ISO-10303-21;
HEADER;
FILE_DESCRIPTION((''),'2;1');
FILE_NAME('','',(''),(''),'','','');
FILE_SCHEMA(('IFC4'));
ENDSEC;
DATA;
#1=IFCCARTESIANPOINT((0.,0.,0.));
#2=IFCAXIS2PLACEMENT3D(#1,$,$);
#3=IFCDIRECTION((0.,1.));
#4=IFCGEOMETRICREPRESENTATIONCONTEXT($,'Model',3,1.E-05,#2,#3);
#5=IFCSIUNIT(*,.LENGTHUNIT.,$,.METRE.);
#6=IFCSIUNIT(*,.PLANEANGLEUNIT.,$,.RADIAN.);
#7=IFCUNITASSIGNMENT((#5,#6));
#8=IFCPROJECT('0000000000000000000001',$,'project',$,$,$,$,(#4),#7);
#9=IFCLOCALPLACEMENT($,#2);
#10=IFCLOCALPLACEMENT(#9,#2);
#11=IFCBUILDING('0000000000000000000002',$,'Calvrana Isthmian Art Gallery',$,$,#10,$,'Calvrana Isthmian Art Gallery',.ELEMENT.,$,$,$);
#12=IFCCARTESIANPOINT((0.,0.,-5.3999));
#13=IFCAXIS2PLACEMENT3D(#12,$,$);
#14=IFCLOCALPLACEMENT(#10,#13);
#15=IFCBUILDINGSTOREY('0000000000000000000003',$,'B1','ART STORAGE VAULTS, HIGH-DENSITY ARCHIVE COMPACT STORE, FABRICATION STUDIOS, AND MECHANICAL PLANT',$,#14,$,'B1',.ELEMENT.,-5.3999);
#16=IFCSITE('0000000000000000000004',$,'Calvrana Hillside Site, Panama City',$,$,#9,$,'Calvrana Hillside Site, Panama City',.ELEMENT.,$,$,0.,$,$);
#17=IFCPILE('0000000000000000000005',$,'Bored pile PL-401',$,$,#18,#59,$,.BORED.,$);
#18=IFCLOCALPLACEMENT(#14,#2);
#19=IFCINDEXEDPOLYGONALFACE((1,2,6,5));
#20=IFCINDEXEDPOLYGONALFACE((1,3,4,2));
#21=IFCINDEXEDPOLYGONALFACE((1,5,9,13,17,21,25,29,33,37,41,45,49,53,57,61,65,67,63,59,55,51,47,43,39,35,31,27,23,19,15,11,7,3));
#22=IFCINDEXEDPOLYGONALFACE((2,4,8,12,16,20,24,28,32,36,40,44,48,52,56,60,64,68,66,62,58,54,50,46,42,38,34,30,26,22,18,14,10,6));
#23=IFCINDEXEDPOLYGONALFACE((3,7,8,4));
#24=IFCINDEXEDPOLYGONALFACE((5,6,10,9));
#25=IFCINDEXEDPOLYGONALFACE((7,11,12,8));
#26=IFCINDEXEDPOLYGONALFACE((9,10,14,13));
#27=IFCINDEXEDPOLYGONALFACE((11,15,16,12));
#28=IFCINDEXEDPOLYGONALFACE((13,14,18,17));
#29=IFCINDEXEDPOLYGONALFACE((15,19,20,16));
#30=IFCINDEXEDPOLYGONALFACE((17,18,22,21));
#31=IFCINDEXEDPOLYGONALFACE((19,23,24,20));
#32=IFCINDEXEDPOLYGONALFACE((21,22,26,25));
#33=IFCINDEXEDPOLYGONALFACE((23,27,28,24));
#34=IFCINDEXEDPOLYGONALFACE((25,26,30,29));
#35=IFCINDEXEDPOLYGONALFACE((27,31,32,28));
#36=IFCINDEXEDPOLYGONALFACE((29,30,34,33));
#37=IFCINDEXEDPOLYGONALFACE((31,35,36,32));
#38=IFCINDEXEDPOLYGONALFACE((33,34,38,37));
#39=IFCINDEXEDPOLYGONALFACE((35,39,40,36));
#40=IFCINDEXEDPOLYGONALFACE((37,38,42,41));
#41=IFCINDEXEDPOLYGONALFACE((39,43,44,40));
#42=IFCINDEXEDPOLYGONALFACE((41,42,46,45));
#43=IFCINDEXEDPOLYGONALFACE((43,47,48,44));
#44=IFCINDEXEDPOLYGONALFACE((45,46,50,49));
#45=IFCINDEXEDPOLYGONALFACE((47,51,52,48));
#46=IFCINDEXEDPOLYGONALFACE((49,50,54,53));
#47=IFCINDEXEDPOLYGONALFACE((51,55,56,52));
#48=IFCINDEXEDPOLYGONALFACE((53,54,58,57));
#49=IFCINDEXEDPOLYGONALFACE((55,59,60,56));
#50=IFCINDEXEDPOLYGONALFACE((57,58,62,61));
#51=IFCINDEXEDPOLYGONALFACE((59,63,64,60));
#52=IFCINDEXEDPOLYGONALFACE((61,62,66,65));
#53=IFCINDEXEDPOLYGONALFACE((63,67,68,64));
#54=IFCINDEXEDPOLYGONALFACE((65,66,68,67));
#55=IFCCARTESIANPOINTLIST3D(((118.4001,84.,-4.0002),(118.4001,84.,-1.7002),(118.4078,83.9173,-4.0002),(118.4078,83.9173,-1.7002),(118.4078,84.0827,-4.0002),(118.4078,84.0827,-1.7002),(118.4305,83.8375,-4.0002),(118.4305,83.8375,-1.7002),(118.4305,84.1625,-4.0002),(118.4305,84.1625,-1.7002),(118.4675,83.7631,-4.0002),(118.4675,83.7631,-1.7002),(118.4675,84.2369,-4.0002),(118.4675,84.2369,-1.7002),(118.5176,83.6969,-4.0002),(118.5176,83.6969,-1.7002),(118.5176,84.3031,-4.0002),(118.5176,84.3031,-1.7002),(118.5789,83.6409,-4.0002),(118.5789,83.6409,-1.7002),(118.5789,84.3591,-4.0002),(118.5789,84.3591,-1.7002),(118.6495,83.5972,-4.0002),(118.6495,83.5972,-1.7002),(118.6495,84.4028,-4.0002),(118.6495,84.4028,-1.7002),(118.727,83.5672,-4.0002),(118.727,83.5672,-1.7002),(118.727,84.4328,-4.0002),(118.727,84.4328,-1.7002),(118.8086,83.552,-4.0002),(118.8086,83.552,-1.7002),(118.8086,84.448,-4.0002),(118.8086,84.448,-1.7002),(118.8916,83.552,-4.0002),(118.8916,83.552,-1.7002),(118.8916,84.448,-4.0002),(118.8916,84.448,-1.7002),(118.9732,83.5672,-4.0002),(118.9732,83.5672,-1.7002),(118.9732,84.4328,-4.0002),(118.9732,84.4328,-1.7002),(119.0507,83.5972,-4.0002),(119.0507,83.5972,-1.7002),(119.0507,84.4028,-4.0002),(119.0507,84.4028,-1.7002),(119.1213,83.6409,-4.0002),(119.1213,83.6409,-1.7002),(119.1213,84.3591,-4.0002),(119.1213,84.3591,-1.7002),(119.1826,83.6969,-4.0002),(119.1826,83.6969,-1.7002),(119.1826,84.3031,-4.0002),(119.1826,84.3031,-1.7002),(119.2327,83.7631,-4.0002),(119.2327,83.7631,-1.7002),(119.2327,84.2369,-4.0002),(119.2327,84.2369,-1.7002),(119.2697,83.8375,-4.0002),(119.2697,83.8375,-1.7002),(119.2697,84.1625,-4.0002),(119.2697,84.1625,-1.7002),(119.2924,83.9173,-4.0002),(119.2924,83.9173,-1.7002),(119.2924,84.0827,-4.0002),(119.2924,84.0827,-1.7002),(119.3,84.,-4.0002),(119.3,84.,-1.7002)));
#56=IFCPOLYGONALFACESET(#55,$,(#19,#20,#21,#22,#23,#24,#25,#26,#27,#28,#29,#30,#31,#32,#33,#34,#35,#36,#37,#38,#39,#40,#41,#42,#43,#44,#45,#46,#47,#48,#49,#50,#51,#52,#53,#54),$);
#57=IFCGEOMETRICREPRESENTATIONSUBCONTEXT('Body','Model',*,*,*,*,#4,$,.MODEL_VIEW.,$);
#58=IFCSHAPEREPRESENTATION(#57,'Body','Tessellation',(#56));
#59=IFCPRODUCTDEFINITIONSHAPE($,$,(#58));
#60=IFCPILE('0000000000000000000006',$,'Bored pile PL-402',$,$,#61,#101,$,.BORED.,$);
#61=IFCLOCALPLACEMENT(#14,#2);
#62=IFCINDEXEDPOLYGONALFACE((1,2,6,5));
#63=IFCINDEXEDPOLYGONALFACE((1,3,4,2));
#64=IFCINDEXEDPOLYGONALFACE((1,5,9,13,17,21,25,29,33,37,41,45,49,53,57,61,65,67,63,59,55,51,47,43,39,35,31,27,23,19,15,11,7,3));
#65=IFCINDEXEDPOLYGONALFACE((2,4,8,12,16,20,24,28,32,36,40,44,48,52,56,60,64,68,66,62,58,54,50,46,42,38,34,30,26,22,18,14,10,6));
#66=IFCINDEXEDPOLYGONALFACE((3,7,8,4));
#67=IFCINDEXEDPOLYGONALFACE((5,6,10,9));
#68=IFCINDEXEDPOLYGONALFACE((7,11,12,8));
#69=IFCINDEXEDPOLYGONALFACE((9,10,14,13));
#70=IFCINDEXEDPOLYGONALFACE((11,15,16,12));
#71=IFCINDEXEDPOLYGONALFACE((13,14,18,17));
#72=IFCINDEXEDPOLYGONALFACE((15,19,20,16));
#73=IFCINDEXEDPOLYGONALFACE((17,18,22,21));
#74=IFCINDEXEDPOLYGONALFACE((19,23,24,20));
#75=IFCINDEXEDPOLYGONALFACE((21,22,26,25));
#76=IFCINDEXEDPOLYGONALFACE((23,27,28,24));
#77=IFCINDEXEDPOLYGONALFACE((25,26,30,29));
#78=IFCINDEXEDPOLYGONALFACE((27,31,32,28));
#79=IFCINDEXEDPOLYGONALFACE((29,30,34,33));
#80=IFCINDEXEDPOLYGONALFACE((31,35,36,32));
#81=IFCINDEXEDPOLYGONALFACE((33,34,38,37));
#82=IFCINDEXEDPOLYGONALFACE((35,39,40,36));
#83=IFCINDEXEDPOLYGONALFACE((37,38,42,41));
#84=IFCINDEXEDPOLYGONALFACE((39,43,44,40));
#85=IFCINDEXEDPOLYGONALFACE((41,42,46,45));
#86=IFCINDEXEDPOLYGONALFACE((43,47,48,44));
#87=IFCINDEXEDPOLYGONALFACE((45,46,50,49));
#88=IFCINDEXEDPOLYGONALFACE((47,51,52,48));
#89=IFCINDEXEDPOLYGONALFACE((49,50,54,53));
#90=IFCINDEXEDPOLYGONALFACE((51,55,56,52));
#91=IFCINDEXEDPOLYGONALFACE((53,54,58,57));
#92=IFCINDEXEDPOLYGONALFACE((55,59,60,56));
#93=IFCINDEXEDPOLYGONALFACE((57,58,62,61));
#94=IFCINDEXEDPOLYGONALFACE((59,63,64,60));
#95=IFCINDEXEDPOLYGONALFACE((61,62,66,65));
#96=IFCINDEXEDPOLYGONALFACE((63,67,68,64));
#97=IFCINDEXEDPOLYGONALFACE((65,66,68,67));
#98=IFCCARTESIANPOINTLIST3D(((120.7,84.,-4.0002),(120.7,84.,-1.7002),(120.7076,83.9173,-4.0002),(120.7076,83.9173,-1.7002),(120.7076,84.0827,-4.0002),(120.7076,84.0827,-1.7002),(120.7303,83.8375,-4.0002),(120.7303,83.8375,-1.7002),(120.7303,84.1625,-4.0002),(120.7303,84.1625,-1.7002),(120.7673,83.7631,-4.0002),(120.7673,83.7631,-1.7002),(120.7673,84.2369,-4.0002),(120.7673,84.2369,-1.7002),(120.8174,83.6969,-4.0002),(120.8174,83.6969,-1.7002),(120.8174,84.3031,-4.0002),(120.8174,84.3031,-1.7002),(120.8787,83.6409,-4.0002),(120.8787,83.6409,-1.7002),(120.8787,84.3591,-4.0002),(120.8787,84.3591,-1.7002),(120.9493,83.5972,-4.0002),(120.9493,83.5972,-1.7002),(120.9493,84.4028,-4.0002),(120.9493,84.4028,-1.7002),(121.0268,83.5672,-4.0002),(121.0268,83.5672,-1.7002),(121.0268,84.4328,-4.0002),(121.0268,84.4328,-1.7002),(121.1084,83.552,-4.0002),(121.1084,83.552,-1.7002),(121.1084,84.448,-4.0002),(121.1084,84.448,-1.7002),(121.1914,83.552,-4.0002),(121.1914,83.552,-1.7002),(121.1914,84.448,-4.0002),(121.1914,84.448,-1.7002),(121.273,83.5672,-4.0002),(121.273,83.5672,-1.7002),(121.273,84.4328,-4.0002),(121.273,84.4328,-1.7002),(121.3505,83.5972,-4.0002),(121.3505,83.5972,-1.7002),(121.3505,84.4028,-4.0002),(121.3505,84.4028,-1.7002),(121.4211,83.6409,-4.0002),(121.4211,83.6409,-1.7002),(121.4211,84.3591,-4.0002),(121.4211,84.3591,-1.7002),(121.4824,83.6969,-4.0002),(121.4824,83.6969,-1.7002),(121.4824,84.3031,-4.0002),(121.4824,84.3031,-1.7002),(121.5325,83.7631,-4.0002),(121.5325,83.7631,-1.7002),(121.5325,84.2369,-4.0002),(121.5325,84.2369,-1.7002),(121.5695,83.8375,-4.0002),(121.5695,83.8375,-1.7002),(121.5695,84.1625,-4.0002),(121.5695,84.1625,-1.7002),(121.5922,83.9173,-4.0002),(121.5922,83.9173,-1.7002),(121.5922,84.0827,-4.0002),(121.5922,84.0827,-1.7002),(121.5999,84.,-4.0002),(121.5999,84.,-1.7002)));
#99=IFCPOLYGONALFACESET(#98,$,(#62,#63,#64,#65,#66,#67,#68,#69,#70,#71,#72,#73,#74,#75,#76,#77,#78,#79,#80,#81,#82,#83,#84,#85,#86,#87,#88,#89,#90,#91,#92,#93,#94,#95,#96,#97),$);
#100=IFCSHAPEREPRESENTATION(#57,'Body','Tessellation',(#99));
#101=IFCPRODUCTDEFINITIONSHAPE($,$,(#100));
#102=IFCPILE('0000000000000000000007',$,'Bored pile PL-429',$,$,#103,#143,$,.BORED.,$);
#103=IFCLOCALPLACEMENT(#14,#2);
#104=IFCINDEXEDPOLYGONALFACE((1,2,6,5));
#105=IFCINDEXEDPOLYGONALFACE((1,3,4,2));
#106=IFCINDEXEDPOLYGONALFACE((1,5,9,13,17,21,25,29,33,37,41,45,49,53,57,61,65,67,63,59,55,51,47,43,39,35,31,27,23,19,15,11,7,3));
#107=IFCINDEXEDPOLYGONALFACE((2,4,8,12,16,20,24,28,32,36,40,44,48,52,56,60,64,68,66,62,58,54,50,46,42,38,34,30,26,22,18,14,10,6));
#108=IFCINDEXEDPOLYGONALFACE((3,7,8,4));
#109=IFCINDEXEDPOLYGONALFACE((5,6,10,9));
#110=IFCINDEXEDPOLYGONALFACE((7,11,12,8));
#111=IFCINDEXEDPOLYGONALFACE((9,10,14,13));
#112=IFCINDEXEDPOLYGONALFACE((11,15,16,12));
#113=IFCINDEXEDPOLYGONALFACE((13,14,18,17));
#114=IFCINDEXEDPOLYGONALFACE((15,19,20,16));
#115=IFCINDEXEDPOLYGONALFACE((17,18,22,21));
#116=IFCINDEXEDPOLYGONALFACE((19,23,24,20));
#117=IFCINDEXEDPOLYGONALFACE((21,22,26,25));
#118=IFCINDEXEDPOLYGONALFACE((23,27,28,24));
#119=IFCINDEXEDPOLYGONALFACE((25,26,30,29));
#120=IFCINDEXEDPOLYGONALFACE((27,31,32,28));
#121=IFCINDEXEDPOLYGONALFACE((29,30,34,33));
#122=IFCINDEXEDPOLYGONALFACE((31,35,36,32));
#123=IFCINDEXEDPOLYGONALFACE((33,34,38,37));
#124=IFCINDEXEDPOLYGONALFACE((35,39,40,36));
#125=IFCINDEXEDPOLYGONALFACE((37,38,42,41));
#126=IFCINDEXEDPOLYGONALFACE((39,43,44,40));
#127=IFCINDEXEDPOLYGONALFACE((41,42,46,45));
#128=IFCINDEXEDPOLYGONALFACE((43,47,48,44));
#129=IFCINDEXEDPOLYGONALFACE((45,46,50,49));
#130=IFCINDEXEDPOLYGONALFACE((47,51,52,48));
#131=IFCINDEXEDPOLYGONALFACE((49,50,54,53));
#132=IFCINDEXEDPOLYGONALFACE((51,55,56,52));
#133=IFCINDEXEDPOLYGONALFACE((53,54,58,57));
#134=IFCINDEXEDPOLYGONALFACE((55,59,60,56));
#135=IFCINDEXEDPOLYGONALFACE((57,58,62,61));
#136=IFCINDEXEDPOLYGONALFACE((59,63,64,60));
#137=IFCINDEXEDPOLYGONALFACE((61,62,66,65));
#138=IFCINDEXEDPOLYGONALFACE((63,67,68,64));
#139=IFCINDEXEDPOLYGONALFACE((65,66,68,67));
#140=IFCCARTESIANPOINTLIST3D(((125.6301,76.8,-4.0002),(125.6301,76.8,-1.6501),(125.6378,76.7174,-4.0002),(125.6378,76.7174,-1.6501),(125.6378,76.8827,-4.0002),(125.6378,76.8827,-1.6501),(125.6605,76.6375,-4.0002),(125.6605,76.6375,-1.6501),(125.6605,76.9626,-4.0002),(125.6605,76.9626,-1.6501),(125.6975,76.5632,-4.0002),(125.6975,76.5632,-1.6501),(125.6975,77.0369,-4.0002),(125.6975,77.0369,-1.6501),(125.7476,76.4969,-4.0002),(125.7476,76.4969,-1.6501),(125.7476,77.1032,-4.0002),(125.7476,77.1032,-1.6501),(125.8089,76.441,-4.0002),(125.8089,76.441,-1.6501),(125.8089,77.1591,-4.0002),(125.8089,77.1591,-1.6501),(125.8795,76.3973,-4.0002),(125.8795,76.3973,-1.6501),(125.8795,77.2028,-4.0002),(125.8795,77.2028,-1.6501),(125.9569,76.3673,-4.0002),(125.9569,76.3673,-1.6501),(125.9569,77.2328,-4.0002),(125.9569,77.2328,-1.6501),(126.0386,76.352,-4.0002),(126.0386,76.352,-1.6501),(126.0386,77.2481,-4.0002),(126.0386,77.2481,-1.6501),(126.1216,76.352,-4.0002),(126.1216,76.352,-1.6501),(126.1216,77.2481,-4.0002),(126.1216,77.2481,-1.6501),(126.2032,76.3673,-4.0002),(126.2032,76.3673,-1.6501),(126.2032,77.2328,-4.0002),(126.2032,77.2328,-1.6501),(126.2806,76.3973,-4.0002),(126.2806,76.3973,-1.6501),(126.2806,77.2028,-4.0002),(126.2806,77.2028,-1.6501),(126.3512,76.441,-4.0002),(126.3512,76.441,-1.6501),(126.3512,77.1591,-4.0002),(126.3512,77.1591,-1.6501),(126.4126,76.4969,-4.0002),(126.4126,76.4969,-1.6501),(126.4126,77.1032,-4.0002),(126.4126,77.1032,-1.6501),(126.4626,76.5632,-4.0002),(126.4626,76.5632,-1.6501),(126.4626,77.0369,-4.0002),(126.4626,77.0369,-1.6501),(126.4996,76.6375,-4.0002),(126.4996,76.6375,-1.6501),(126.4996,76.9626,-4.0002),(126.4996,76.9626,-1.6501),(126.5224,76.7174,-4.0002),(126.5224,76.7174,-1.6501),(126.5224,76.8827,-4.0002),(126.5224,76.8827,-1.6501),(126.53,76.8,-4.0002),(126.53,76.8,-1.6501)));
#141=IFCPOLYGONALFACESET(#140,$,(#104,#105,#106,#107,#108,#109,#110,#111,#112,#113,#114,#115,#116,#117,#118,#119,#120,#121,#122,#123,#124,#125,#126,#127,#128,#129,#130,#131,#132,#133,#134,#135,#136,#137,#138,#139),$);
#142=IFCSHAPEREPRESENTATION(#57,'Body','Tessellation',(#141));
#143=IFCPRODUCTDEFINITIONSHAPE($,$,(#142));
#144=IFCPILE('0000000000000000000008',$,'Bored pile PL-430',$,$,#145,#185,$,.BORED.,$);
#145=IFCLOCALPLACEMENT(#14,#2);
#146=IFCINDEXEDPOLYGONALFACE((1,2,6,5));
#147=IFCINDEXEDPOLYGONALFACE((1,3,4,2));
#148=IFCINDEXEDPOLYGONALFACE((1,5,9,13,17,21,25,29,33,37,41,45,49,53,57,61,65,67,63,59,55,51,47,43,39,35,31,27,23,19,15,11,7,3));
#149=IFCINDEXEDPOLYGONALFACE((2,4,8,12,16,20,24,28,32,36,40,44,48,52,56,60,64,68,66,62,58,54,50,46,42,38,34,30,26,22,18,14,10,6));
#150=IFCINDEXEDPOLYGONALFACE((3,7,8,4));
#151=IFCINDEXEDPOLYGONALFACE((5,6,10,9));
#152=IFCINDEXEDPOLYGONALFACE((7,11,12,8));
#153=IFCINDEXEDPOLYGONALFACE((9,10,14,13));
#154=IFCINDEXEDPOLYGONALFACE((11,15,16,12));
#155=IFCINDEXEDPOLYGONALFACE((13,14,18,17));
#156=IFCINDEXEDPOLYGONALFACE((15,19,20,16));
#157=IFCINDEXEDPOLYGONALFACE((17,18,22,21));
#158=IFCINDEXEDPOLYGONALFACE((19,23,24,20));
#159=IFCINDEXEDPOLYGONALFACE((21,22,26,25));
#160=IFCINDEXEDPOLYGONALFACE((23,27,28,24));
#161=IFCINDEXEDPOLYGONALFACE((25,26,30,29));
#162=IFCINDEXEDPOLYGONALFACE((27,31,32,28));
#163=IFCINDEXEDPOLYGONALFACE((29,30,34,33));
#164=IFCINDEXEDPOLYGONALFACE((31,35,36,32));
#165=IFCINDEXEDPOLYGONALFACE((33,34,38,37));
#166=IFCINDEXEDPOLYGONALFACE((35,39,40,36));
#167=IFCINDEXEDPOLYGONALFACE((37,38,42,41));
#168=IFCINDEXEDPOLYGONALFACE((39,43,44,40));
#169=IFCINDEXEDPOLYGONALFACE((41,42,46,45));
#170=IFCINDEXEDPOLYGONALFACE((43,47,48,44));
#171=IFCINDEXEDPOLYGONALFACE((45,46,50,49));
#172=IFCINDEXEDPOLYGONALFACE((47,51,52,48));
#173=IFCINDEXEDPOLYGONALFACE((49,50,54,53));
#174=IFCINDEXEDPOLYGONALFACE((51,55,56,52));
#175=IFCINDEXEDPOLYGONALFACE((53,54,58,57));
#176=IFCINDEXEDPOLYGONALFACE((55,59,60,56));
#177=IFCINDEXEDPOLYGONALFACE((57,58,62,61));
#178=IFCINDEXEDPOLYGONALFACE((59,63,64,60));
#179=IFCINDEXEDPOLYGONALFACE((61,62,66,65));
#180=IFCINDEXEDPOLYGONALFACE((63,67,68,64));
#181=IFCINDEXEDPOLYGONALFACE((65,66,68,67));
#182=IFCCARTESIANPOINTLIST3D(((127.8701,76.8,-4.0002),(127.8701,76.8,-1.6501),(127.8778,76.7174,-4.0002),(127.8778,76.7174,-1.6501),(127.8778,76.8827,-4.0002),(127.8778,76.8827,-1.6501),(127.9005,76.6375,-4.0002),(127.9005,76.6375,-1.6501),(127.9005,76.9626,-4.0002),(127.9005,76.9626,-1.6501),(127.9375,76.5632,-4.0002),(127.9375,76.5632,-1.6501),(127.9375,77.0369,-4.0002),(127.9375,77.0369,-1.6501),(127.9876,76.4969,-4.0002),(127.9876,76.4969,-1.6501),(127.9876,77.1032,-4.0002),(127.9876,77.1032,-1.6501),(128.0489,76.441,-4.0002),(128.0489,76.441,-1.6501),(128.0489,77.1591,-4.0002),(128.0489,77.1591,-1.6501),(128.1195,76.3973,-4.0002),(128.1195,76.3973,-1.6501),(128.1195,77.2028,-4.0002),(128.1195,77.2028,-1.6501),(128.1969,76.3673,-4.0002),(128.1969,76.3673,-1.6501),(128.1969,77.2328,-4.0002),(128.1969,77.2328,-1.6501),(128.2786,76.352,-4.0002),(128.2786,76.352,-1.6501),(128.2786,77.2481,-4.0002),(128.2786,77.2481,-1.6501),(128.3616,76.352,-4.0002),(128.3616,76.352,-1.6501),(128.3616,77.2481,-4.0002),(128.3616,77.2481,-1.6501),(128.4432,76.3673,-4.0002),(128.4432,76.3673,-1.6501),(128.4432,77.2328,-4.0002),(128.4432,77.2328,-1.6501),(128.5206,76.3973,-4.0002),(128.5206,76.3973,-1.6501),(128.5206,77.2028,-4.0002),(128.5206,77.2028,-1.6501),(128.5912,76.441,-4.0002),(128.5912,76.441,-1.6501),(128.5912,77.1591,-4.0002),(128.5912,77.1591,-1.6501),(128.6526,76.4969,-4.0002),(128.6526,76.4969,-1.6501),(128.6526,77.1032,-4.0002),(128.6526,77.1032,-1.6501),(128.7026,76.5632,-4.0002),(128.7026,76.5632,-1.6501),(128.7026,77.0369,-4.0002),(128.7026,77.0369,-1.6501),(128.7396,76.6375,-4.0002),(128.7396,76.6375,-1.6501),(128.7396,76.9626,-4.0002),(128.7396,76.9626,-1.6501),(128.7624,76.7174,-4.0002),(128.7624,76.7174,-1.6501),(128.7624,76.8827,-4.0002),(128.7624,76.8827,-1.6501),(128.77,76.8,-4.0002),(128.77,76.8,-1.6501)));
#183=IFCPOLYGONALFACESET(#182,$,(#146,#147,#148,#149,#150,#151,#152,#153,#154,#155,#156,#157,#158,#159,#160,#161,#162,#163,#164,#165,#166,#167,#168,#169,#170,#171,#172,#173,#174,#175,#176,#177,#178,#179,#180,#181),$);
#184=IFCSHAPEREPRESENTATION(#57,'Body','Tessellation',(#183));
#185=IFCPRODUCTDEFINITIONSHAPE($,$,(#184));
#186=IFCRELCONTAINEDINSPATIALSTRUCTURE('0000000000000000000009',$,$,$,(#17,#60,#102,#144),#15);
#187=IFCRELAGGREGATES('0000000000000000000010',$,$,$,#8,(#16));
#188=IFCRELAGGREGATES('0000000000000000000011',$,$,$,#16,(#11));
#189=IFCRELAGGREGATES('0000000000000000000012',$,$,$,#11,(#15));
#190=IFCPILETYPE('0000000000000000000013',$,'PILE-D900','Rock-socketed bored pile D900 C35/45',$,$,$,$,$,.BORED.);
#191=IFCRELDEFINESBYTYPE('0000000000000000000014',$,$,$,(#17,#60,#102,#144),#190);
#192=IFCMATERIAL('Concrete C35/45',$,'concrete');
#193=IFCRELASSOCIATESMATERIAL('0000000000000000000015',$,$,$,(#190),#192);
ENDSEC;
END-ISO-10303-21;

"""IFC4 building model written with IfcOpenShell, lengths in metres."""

from ifc_helpers import new_model, si_unit, direction, frame, origin, origin_2d, place, context, subcontext, project, spatial, circle, extrude, material, material_profile, profile_set, type_object, element, save


model = new_model("IFC4")

# Units and contexts
model_context = context("Model", 3, precision=1e-05, world=origin(), true_north=direction((0.0, 1.0)))
body_context = subcontext(model_context, "Body", "Model", "MODEL_VIEW")
ifc_project = project(units=[si_unit("LENGTHUNIT", "METRE"), si_unit("PLANEANGLEUNIT", "RADIAN")], contexts=[model_context])

# Site, building, storey
site_placement = place(None, origin())
site = spatial("IfcSite", under=ifc_project, at=site_placement, Name="Calvrana Hillside Site, Panama City", LongName="Calvrana Hillside Site, Panama City", CompositionType="ELEMENT", RefElevation=0.0)
building_placement = place(site_placement, origin())
building = spatial("IfcBuilding", under=site, at=building_placement, Name="Calvrana Isthmian Art Gallery", LongName="Calvrana Isthmian Art Gallery", CompositionType="ELEMENT")
storey_placement = place(building_placement, frame((0.0, 0.0, -5.3999)))
storey = spatial("IfcBuildingStorey", under=building, at=storey_placement, Name="B1", Description="ART STORAGE VAULTS, HIGH-DENSITY ARCHIVE COMPACT STORE, FABRICATION STUDIOS, AND MECHANICAL PLANT", LongName="B1", CompositionType="ELEMENT", Elevation=-5.3999)

# Shared definitions
ifc_material_1 = material(Name="Concrete C35/45", Category="concrete")

# Piles
ifc_material_profile_1 = material_profile(ifc_material_1, circle(Radius=0.45, at=origin_2d()), Name="PILE900D")
ifc_profile_set_1 = profile_set([ifc_material_profile_1], Name="Concrete C35/45")
pile_type_1 = type_object("IfcPileType", Name="PILE-D900", Description="Rock-socketed bored pile D900 C35/45", PredefinedType="BORED", material=ifc_profile_set_1)
for number, where, z_axis, x_axis, name in (
    (1, (118.8501, 84.0, -1.7002), (0.0, 0.0, -1.0), (1.0, 0.0, 0.0), "Bored pile PL-401"),
    (2, (121.1499, 84.0, -1.7002), (0.0, 0.0, -1.0), (1.0, 0.0, 0.0), "Bored pile PL-402"),
):
    element("IfcPile", number, at=place(storey_placement, frame(where, z_axis=z_axis, x_axis=x_axis)), inside=storey, type_object=pile_type_1, Name=name, PredefinedType="BORED", context=body_context, shape_type="SweptSolid", body=[
        extrude(circle(Radius=0.45, at=origin_2d()), origin(), (0.0, 0.0, 1.0), 2.3),
    ])
for number, where, z_axis, x_axis, name in (
    (3, (126.0801, 76.8, -1.6501), (0.0, 0.0, -1.0), (1.0, 0.0, 0.0), "Bored pile PL-429"),
    (4, (128.3201, 76.8, -1.6501), (0.0, 0.0, -1.0), (1.0, 0.0, 0.0), "Bored pile PL-430"),
):
    element("IfcPile", number, at=place(storey_placement, frame(where, z_axis=z_axis, x_axis=x_axis)), inside=storey, type_object=pile_type_1, Name=name, PredefinedType="BORED", context=body_context, shape_type="SweptSolid", body=[
        extrude(circle(Radius=0.45, at=origin_2d()), origin(), (0.0, 0.0, 1.0), 2.3501),
    ])

save(model, "model.ifc")
